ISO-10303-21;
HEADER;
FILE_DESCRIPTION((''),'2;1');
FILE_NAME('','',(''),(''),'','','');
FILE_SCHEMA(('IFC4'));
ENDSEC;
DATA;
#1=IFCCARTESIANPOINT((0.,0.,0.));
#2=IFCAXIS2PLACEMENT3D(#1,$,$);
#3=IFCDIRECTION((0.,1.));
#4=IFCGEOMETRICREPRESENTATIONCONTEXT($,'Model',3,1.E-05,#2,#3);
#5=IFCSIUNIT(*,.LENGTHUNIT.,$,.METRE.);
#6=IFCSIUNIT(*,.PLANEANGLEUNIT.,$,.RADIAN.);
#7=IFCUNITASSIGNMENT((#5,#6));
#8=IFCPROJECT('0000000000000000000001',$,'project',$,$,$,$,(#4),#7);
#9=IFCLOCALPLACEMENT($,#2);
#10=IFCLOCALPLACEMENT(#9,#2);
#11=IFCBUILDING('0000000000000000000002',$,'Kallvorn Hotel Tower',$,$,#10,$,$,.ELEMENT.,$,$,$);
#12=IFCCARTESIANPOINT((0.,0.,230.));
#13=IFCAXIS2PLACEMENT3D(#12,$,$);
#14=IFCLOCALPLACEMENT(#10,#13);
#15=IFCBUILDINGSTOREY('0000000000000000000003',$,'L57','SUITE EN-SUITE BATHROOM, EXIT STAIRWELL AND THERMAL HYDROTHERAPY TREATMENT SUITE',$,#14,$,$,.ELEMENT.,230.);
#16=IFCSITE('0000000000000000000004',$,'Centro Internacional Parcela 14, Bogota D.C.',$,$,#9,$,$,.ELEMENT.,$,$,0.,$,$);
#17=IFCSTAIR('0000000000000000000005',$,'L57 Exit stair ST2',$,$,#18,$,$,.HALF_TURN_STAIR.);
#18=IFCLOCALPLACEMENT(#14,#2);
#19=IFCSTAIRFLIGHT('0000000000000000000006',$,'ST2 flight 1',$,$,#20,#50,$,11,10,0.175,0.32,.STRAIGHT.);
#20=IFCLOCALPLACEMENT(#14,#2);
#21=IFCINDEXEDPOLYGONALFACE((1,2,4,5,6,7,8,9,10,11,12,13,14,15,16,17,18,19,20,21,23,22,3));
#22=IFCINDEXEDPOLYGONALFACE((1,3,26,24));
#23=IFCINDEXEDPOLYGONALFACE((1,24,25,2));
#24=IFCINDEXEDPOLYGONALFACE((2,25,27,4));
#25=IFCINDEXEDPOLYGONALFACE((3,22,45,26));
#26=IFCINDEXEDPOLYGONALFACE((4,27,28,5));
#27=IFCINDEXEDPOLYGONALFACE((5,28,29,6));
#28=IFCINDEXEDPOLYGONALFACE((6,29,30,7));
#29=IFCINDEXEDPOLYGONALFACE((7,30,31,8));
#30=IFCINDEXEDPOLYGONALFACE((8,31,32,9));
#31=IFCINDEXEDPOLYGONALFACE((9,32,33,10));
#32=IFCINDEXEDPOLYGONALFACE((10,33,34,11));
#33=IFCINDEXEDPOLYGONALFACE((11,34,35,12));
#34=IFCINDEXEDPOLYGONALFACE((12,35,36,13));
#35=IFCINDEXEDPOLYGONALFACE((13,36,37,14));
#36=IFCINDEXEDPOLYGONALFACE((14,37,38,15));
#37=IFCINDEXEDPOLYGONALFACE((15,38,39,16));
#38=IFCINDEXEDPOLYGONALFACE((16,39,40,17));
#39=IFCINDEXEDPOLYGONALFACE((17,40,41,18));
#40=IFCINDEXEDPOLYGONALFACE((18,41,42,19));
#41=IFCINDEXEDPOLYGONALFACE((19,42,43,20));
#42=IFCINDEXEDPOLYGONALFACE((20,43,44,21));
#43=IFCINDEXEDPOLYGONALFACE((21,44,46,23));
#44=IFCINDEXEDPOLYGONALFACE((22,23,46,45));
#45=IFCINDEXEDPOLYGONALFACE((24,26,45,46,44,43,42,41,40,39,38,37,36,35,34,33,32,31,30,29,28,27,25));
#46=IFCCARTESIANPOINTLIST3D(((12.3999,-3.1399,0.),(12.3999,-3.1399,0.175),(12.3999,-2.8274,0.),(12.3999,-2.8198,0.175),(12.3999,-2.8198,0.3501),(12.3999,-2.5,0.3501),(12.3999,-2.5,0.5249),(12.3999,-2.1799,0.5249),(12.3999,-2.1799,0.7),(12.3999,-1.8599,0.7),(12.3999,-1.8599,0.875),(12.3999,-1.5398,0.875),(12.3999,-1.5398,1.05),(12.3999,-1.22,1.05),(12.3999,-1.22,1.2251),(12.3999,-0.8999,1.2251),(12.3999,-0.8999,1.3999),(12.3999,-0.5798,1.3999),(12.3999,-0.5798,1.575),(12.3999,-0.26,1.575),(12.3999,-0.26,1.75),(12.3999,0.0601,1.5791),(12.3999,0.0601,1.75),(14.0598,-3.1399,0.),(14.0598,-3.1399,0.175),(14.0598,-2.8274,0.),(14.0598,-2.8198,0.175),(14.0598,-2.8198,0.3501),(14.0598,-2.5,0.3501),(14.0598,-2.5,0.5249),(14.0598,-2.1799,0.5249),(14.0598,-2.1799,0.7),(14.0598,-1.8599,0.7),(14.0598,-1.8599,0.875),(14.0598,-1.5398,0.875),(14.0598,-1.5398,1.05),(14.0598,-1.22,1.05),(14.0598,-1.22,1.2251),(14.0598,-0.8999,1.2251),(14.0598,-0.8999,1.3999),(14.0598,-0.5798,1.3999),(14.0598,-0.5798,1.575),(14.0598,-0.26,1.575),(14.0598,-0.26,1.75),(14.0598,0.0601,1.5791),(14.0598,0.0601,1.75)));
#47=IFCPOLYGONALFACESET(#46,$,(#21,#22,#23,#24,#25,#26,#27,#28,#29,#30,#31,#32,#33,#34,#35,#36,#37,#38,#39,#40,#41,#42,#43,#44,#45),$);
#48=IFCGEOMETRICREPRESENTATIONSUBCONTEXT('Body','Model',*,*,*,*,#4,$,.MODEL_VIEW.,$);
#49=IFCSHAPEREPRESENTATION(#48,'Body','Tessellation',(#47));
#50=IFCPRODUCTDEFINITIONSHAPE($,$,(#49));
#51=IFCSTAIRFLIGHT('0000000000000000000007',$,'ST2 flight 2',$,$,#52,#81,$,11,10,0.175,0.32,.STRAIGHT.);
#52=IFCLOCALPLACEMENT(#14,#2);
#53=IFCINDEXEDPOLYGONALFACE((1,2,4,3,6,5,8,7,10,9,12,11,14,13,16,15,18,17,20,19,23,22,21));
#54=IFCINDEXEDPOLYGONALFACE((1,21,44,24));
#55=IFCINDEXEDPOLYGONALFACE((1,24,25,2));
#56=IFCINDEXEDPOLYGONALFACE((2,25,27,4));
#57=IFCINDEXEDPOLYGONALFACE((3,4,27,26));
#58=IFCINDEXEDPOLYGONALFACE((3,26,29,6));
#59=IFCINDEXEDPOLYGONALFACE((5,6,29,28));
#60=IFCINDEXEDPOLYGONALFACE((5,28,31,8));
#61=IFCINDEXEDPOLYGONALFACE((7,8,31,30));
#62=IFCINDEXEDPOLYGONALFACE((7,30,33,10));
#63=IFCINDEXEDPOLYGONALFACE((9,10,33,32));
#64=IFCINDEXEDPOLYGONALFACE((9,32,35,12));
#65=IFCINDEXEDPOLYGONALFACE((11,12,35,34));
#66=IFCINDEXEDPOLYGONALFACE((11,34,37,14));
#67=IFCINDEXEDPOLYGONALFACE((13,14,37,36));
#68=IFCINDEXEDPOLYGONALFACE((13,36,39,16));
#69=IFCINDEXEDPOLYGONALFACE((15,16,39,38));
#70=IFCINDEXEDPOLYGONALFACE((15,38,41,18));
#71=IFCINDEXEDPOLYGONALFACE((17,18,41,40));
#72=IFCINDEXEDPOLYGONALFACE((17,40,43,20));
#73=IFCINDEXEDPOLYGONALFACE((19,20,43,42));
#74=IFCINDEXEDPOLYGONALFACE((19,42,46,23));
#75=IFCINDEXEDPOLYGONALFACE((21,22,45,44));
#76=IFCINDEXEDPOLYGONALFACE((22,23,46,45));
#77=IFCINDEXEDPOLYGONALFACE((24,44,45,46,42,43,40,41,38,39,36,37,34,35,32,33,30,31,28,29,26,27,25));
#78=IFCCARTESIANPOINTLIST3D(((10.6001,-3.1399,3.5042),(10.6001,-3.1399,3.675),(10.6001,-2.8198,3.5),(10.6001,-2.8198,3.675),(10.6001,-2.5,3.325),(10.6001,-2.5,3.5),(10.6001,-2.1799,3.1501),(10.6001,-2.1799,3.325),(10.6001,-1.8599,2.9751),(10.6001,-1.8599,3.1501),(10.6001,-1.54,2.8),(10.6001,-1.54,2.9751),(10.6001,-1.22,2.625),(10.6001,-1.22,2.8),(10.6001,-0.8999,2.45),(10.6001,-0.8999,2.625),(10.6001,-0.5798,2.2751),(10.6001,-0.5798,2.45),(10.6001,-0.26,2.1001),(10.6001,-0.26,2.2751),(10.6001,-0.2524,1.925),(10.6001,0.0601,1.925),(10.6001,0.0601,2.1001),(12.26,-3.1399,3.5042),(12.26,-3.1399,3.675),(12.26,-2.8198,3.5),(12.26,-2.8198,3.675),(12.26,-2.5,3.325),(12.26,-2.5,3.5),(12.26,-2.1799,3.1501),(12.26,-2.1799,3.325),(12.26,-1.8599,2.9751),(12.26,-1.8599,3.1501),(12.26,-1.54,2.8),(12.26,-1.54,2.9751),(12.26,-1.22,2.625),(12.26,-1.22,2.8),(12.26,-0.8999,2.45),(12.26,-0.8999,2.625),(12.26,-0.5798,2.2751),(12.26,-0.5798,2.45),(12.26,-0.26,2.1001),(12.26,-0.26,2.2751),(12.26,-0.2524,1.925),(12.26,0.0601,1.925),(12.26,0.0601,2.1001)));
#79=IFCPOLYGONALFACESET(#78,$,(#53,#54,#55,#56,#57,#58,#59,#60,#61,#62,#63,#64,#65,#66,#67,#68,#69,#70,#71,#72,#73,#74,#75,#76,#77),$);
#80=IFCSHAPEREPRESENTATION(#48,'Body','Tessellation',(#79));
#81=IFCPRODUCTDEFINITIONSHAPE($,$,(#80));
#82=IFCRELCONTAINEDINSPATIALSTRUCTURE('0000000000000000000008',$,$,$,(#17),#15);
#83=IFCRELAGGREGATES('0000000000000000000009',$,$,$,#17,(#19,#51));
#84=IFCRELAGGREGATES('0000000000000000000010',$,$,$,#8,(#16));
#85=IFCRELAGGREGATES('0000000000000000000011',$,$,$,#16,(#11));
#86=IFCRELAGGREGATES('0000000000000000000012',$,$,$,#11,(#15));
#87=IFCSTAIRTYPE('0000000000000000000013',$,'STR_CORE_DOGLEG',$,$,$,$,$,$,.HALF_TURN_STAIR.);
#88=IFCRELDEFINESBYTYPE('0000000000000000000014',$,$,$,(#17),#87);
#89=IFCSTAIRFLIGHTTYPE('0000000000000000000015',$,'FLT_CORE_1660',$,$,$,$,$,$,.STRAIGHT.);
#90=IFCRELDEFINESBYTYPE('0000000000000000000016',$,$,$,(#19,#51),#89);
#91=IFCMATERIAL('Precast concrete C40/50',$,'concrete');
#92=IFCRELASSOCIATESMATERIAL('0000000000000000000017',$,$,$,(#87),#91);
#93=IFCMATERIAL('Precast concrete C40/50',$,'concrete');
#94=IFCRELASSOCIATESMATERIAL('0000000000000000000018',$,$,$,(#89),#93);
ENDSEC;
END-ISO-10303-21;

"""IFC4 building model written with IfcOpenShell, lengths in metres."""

from ifc_helpers import new_model, si_unit, direction, frame, origin, place, context, subcontext, project, spatial, polyline, outline, extrude, material, type_object, element, aggregate, save


model = new_model("IFC4")

# Units and contexts
model_context = context("Model", 3, precision=1e-05, world=origin(), true_north=direction((0.0, 1.0)))
body_context = subcontext(model_context, "Body", "Model", "MODEL_VIEW")
ifc_project = project(units=[si_unit("LENGTHUNIT", "METRE"), si_unit("PLANEANGLEUNIT", "RADIAN")], contexts=[model_context])

# Site, building, storey
site_placement = place(None, origin())
site = spatial("IfcSite", under=ifc_project, at=site_placement, Name="Centro Internacional Parcela 14, Bogota D.C.", CompositionType="ELEMENT", RefElevation=0.0)
building_placement = place(site_placement, origin())
building = spatial("IfcBuilding", under=site, at=building_placement, Name="Kallvorn Hotel Tower", CompositionType="ELEMENT")
storey_placement = place(building_placement, frame((0.0, 0.0, 230.0)))
storey = spatial("IfcBuildingStorey", under=building, at=storey_placement, Name="L57", Description="SUITE EN-SUITE BATHROOM, EXIT STAIRWELL AND THERMAL HYDROTHERAPY TREATMENT SUITE", CompositionType="ELEMENT", Elevation=230.0)

# Stair, stair flights
ifc_material_1 = material(Name="Precast concrete C40/50", Category="concrete")
stair_type = type_object("IfcStairType", Name="STR_CORE_DOGLEG", PredefinedType="HALF_TURN_STAIR", material=ifc_material_1)
stair_placement = place(storey_placement, origin())
stair = element("IfcStair", 1, at=stair_placement, inside=storey, type_object=stair_type, Name="L57 Exit stair ST2", PredefinedType="HALF_TURN_STAIR")
ifc_material_2 = material(Name="Precast concrete C40/50", Category="concrete")
stair_flight_type = type_object("IfcStairFlightType", Name="FLT_CORE_1660", PredefinedType="STRAIGHT", material=ifc_material_2)
stair_flight_1_placement = place(storey_placement, frame((13.23, -3.1399, 0.0), z_axis=(0.0, 0.0, 1.0), x_axis=(0.0, 1.0, 0.0)))
stair_flight_1 = element("IfcStairFlight", 2, at=stair_flight_1_placement, type_object=stair_flight_type, Name="ST2 flight 1", NumberOfRisers=11, NumberOfTreads=10, PredefinedType="STRAIGHT", RiserHeight=0.175, TreadLength=0.32, context=body_context, shape_type="SweptSolid", body=[
    extrude(outline(polyline([(0.0, 0.0), (0.0, 0.175), (0.3201, 0.175), (0.3201, 0.3501), (0.6399, 0.3501), (0.6399, 0.5249), (0.96, 0.5249), (0.96, 0.7), (1.28, 0.7), (1.28, 0.875), (1.6001, 0.875), (1.6001, 1.05), (1.9199, 1.05), (1.9199, 1.2251), (2.24, 1.2251), (2.24, 1.3999), (2.5601, 1.3999), (2.5601, 1.575), (2.8799, 1.575), (2.8799, 1.75), (3.2, 1.75), (3.2, 1.925), (3.2, 1.5791), (0.3125, 0.0), (0.0, 0.0)])), frame((0.0, 0.8301, 0.0), z_axis=(0.0, -1.0, 0.0), x_axis=(1.0, 0.0, 0.0)), (0.0, 0.0, 1.0), 1.6599),
])
stair_flight_2_placement = place(storey_placement, frame((11.4299, 0.0601, 1.925), z_axis=(0.0, 0.0, 1.0), x_axis=(0.0, -1.0, 0.0)))
stair_flight_2 = element("IfcStairFlight", 3, at=stair_flight_2_placement, type_object=stair_flight_type, Name="ST2 flight 2", NumberOfRisers=11, NumberOfTreads=10, PredefinedType="STRAIGHT", RiserHeight=0.175, TreadLength=0.32, context=body_context, shape_type="SweptSolid", body=[
    extrude(outline(polyline([(0.0, 0.0), (0.0, 0.175), (0.3201, 0.175), (0.3201, 0.3501), (0.6399, 0.3501), (0.6399, 0.5249), (0.96, 0.5249), (0.96, 0.7), (1.28, 0.7), (1.28, 0.875), (1.6001, 0.875), (1.6001, 1.05), (1.9199, 1.05), (1.9199, 1.2251), (2.24, 1.2251), (2.24, 1.3999), (2.5601, 1.3999), (2.5601, 1.575), (2.8799, 1.575), (2.8799, 1.75), (3.2, 1.75), (3.2, 1.925), (3.2, 1.5791), (0.3125, 0.0), (0.0, 0.0)])), frame((0.0, 0.8301, 0.0), z_axis=(0.0, -1.0, 0.0), x_axis=(1.0, 0.0, 0.0)), (0.0, 0.0, 1.0), 1.6599),
])
aggregate(stair, [stair_flight_1, stair_flight_2])

save(model, "model.ifc")
